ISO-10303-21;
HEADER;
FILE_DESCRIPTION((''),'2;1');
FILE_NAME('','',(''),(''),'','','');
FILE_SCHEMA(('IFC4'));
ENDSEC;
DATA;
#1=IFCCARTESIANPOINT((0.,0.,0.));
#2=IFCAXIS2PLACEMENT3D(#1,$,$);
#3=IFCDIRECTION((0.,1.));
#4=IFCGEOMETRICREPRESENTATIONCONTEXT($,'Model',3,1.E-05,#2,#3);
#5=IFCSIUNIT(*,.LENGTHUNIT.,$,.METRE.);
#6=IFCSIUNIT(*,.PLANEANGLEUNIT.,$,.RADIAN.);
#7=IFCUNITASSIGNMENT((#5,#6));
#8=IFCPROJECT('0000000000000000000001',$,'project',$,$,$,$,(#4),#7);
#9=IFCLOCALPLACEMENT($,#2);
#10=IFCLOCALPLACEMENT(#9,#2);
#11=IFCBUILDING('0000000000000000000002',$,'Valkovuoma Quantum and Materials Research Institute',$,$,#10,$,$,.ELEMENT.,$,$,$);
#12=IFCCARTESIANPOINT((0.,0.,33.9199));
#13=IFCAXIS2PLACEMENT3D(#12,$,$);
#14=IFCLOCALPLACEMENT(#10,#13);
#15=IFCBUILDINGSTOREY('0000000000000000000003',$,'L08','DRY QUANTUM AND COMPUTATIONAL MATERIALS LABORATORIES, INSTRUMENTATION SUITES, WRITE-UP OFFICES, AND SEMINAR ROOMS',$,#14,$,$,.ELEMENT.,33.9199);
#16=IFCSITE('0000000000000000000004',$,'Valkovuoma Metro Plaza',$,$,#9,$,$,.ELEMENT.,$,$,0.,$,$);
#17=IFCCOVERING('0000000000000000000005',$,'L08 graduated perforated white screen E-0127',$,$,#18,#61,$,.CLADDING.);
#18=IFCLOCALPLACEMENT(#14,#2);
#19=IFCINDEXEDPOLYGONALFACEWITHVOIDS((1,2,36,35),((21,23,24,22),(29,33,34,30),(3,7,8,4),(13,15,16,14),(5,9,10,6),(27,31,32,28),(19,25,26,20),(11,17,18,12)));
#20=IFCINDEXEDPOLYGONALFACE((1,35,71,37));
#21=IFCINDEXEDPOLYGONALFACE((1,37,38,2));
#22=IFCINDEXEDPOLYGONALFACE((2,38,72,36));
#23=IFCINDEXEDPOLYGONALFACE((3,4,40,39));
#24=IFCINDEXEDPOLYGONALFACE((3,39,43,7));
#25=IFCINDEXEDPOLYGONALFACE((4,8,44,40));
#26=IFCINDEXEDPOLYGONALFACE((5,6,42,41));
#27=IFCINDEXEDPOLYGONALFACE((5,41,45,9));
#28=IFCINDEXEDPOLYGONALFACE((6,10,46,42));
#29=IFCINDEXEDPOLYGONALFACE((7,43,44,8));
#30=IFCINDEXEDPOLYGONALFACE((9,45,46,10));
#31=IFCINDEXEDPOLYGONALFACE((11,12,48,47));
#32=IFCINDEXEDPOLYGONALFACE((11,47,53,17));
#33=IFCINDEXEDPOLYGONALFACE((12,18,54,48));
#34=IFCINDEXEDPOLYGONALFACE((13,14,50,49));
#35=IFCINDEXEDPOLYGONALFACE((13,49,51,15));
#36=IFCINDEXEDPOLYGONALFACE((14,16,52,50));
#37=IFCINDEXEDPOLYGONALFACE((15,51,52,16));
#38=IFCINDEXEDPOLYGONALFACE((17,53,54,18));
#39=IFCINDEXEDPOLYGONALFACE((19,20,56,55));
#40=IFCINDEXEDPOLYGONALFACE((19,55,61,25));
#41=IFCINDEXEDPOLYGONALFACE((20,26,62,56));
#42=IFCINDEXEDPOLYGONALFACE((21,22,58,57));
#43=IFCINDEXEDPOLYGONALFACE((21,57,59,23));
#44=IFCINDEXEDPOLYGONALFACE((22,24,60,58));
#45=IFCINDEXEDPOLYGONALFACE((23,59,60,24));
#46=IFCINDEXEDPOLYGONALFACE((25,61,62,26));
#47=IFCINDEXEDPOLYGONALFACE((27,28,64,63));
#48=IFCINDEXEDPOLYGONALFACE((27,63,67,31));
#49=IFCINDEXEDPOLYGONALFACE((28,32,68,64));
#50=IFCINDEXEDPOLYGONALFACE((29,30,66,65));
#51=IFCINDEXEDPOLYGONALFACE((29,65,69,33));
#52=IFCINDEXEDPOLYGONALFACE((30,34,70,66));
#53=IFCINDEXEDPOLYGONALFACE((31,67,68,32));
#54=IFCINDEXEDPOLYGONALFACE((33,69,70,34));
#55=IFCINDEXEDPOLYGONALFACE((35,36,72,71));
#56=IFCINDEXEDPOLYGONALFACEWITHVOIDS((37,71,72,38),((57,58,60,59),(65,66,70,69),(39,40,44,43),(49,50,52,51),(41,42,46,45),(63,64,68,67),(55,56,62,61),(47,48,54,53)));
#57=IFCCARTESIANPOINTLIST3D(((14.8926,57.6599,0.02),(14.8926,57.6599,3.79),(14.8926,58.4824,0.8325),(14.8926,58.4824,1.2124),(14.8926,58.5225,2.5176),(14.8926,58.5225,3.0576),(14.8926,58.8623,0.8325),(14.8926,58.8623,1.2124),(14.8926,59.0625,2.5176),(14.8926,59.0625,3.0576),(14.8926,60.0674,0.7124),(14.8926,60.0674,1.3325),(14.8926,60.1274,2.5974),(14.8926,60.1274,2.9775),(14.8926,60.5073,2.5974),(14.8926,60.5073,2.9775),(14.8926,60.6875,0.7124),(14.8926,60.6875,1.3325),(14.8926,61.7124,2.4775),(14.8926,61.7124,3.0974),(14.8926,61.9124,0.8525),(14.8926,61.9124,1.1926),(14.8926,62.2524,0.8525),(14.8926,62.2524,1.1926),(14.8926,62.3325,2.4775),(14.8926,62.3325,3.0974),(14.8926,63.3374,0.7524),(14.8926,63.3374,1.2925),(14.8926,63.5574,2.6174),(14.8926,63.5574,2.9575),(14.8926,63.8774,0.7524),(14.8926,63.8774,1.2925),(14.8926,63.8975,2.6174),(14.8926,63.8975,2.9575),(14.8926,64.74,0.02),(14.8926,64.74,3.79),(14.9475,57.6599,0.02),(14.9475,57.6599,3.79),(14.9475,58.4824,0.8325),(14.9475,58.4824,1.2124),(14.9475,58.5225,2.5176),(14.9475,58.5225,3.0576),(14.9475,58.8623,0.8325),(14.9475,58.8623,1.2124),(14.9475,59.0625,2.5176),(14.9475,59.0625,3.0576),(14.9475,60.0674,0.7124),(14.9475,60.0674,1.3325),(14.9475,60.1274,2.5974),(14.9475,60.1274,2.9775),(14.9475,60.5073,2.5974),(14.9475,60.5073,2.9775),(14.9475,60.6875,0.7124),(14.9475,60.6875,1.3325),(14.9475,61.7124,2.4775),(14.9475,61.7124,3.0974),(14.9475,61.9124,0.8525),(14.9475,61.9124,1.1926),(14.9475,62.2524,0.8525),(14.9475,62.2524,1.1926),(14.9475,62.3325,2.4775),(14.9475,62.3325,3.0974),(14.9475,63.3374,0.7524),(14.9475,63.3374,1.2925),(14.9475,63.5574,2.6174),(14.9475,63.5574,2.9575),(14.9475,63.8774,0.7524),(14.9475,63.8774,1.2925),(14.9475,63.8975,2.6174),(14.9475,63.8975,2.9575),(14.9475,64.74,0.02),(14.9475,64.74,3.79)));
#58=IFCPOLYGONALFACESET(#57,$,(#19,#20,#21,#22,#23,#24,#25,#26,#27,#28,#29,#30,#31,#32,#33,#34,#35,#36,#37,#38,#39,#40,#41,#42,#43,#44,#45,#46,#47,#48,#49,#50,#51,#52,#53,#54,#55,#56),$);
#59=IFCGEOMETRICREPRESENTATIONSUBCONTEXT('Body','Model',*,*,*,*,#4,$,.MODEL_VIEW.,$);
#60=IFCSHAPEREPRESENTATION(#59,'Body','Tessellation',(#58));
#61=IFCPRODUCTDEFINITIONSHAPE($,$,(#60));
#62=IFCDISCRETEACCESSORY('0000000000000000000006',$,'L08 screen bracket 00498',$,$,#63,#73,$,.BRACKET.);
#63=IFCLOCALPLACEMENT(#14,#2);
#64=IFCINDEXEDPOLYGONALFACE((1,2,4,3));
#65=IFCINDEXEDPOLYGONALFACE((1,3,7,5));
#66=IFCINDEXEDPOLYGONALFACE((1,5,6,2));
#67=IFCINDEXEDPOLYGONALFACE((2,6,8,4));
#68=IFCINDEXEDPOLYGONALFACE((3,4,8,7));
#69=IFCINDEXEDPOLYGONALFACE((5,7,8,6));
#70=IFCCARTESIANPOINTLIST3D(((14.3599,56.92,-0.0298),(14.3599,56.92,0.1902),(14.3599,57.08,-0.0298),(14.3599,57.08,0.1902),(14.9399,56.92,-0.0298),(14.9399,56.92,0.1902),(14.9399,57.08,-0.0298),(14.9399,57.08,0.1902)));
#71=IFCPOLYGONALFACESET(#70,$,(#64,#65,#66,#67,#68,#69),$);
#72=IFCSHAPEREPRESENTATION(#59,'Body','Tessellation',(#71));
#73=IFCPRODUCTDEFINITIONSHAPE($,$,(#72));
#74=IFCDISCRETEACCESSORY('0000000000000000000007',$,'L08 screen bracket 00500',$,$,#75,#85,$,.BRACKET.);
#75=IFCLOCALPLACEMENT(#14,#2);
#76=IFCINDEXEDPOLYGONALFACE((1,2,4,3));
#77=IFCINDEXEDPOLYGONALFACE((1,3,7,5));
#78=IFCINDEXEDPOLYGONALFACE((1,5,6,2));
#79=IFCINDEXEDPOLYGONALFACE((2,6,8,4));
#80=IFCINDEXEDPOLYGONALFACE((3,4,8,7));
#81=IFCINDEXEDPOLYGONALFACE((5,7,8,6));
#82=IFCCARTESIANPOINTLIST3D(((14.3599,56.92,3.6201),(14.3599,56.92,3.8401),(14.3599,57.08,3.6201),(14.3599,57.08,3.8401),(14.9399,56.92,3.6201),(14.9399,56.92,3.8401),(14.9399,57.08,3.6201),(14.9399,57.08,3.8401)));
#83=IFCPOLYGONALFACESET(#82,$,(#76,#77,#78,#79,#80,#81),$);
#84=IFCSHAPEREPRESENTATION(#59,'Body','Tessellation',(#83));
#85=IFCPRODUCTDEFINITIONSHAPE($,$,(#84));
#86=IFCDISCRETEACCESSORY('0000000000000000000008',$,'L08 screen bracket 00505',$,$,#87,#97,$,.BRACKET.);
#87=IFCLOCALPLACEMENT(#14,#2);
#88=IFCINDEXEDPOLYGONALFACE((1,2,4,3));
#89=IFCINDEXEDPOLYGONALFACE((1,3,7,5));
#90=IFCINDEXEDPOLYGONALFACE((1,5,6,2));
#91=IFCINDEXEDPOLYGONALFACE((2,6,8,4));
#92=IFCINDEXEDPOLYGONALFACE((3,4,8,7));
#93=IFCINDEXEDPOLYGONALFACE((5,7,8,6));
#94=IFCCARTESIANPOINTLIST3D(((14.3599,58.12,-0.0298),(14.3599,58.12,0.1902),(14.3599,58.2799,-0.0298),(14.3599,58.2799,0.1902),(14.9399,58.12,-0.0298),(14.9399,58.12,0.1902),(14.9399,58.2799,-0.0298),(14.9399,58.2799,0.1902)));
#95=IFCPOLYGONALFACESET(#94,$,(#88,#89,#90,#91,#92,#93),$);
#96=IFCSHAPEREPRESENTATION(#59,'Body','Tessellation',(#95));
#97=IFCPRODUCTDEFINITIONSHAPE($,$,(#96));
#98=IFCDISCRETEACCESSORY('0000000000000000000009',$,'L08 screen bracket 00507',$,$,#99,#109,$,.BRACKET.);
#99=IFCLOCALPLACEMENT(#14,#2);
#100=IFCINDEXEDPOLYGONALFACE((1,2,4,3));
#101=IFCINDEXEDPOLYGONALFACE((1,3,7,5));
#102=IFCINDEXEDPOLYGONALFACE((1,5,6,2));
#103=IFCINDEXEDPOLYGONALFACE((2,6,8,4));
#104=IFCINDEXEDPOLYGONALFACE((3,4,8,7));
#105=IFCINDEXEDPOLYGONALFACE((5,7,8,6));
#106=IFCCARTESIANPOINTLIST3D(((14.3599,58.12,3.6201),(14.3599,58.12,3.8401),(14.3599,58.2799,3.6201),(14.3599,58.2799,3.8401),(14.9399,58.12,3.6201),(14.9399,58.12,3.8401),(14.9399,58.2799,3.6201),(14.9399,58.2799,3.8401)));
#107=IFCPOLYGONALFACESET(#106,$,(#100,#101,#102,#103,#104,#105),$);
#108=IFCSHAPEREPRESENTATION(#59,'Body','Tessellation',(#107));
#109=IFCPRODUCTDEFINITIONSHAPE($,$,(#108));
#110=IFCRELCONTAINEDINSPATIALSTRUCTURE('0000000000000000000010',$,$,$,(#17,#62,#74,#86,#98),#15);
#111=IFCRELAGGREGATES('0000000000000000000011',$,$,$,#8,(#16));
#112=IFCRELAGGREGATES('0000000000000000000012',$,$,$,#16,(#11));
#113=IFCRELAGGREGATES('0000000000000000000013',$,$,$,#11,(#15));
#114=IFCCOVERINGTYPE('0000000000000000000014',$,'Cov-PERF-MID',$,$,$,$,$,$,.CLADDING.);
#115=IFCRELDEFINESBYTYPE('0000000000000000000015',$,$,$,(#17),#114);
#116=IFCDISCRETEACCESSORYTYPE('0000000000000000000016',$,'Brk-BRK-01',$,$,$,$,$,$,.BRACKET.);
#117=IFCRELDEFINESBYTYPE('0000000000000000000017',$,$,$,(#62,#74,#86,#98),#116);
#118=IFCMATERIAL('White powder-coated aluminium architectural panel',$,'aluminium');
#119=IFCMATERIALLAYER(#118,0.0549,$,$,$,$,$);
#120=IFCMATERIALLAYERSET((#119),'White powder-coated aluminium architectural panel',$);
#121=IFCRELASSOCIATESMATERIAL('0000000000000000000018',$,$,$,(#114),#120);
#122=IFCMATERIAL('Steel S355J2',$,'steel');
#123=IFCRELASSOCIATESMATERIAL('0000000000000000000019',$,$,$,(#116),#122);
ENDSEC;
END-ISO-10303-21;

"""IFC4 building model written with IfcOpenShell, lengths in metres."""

from ifc_helpers import new_model, si_unit, direction, frame, origin, origin_2d, place, context, subcontext, project, spatial, polyline, rectangle, outline, extrude, material, layer, layer_set, type_object, element, save


model = new_model("IFC4")

# Units and contexts
model_context = context("Model", 3, precision=1e-05, world=origin(), true_north=direction((0.0, 1.0)))
body_context = subcontext(model_context, "Body", "Model", "MODEL_VIEW")
ifc_project = project(units=[si_unit("LENGTHUNIT", "METRE"), si_unit("PLANEANGLEUNIT", "RADIAN")], contexts=[model_context])

# Site, building, storey
site_placement = place(None, origin())
site = spatial("IfcSite", under=ifc_project, at=site_placement, Name="Valkovuoma Metro Plaza", CompositionType="ELEMENT", RefElevation=0.0)
building_placement = place(site_placement, origin())
building = spatial("IfcBuilding", under=site, at=building_placement, Name="Valkovuoma Quantum and Materials Research Institute", CompositionType="ELEMENT")
storey_placement = place(building_placement, frame((0.0, 0.0, 33.9199)))
storey = spatial("IfcBuildingStorey", under=building, at=storey_placement, Name="L08", Description="DRY QUANTUM AND COMPUTATIONAL MATERIALS LABORATORIES, INSTRUMENTATION SUITES, WRITE-UP OFFICES, AND SEMINAR ROOMS", CompositionType="ELEMENT", Elevation=33.9199)

# Covering
ifc_material_1 = material(Name="White powder-coated aluminium architectural panel", Category="aluminium")
ifc_layer_1 = layer(ifc_material_1, 0.0549)
ifc_layer_set_1 = layer_set([ifc_layer_1], Name="White powder-coated aluminium architectural panel")
covering_type = type_object("IfcCoveringType", Name="Cov-PERF-MID", PredefinedType="CLADDING", material=ifc_layer_set_1)
covering_placement = place(storey_placement, frame((14.9199, 57.6599, 0.02), z_axis=(0.0, 0.0, 1.0), x_axis=(0.0, 1.0, 0.0)))
element("IfcCovering", 1, at=covering_placement, inside=storey, type_object=covering_type, Name="L08 graduated perforated white screen E-0127", PredefinedType="CLADDING", context=body_context, shape_type="SweptSolid", body=[
    extrude(outline(polyline([(0.0, 0.0), (7.0801, 0.0), (7.0801, 3.77), (0.0, 3.77), (0.0, 0.0)]), holes=[polyline([(0.8225, 0.8125), (0.8225, 1.1924), (1.2024, 1.1924), (1.2024, 0.8125), (0.8225, 0.8125)]), polyline([(0.8625, 2.4976), (0.8625, 3.0376), (1.4026, 3.0376), (1.4026, 2.4976), (0.8625, 2.4976)]), polyline([(2.4075, 0.6924), (2.4075, 1.3125), (3.0276, 1.3125), (3.0276, 0.6924), (2.4075, 0.6924)]), polyline([(2.4675, 2.5774), (2.4675, 2.9575), (2.8474, 2.9575), (2.8474, 2.5774), (2.4675, 2.5774)]), polyline([(4.2524, 0.8325), (4.2524, 1.1726), (4.5925, 1.1726), (4.5925, 0.8325), (4.2524, 0.8325)]), polyline([(4.0525, 2.4575), (4.0525, 3.0774), (4.6726, 3.0774), (4.6726, 2.4575), (4.0525, 2.4575)]), polyline([(5.6775, 0.7324), (5.6775, 1.2725), (6.2175, 1.2725), (6.2175, 0.7324), (5.6775, 0.7324)]), polyline([(5.8975, 2.5974), (5.8975, 2.9375), (6.2375, 2.9375), (6.2375, 2.5974), (5.8975, 2.5974)])]), frame((0.0, 0.0273, 0.0), z_axis=(0.0, -1.0, 0.0), x_axis=(1.0, 0.0, 0.0)), (0.0, 0.0, 1.0), 0.0549),
])

# Discrete accessories
ifc_material_2 = material(Name="Steel S355J2", Category="steel")
discrete_accessory_type = type_object("IfcDiscreteAccessoryType", Name="Brk-BRK-01", PredefinedType="BRACKET", material=ifc_material_2)
for number, where, z_axis, x_axis, name in (
    (2, (14.6499, 57.0, -0.0298), (0.0, 0.0, 1.0), (1.0, 0.0, 0.0), "L08 screen bracket 00498"),
    (3, (14.6499, 57.0, 3.6201), (0.0, 0.0, 1.0), (1.0, 0.0, 0.0), "L08 screen bracket 00500"),
    (4, (14.6499, 58.2, -0.0298), (0.0, 0.0, 1.0), (1.0, 0.0, 0.0), "L08 screen bracket 00505"),
    (5, (14.6499, 58.2, 3.6201), (0.0, 0.0, 1.0), (1.0, 0.0, 0.0), "L08 screen bracket 00507"),
):
    element("IfcDiscreteAccessory", number, at=place(storey_placement, frame(where, z_axis=z_axis, x_axis=x_axis)), inside=storey, type_object=discrete_accessory_type, Name=name, PredefinedType="BRACKET", context=body_context, shape_type="SweptSolid", body=[
        extrude(rectangle(XDim=0.5801, YDim=0.1599, at=origin_2d()), origin(), (0.0, 0.0, 1.0), 0.22),
    ])

save(model, "model.ifc")
